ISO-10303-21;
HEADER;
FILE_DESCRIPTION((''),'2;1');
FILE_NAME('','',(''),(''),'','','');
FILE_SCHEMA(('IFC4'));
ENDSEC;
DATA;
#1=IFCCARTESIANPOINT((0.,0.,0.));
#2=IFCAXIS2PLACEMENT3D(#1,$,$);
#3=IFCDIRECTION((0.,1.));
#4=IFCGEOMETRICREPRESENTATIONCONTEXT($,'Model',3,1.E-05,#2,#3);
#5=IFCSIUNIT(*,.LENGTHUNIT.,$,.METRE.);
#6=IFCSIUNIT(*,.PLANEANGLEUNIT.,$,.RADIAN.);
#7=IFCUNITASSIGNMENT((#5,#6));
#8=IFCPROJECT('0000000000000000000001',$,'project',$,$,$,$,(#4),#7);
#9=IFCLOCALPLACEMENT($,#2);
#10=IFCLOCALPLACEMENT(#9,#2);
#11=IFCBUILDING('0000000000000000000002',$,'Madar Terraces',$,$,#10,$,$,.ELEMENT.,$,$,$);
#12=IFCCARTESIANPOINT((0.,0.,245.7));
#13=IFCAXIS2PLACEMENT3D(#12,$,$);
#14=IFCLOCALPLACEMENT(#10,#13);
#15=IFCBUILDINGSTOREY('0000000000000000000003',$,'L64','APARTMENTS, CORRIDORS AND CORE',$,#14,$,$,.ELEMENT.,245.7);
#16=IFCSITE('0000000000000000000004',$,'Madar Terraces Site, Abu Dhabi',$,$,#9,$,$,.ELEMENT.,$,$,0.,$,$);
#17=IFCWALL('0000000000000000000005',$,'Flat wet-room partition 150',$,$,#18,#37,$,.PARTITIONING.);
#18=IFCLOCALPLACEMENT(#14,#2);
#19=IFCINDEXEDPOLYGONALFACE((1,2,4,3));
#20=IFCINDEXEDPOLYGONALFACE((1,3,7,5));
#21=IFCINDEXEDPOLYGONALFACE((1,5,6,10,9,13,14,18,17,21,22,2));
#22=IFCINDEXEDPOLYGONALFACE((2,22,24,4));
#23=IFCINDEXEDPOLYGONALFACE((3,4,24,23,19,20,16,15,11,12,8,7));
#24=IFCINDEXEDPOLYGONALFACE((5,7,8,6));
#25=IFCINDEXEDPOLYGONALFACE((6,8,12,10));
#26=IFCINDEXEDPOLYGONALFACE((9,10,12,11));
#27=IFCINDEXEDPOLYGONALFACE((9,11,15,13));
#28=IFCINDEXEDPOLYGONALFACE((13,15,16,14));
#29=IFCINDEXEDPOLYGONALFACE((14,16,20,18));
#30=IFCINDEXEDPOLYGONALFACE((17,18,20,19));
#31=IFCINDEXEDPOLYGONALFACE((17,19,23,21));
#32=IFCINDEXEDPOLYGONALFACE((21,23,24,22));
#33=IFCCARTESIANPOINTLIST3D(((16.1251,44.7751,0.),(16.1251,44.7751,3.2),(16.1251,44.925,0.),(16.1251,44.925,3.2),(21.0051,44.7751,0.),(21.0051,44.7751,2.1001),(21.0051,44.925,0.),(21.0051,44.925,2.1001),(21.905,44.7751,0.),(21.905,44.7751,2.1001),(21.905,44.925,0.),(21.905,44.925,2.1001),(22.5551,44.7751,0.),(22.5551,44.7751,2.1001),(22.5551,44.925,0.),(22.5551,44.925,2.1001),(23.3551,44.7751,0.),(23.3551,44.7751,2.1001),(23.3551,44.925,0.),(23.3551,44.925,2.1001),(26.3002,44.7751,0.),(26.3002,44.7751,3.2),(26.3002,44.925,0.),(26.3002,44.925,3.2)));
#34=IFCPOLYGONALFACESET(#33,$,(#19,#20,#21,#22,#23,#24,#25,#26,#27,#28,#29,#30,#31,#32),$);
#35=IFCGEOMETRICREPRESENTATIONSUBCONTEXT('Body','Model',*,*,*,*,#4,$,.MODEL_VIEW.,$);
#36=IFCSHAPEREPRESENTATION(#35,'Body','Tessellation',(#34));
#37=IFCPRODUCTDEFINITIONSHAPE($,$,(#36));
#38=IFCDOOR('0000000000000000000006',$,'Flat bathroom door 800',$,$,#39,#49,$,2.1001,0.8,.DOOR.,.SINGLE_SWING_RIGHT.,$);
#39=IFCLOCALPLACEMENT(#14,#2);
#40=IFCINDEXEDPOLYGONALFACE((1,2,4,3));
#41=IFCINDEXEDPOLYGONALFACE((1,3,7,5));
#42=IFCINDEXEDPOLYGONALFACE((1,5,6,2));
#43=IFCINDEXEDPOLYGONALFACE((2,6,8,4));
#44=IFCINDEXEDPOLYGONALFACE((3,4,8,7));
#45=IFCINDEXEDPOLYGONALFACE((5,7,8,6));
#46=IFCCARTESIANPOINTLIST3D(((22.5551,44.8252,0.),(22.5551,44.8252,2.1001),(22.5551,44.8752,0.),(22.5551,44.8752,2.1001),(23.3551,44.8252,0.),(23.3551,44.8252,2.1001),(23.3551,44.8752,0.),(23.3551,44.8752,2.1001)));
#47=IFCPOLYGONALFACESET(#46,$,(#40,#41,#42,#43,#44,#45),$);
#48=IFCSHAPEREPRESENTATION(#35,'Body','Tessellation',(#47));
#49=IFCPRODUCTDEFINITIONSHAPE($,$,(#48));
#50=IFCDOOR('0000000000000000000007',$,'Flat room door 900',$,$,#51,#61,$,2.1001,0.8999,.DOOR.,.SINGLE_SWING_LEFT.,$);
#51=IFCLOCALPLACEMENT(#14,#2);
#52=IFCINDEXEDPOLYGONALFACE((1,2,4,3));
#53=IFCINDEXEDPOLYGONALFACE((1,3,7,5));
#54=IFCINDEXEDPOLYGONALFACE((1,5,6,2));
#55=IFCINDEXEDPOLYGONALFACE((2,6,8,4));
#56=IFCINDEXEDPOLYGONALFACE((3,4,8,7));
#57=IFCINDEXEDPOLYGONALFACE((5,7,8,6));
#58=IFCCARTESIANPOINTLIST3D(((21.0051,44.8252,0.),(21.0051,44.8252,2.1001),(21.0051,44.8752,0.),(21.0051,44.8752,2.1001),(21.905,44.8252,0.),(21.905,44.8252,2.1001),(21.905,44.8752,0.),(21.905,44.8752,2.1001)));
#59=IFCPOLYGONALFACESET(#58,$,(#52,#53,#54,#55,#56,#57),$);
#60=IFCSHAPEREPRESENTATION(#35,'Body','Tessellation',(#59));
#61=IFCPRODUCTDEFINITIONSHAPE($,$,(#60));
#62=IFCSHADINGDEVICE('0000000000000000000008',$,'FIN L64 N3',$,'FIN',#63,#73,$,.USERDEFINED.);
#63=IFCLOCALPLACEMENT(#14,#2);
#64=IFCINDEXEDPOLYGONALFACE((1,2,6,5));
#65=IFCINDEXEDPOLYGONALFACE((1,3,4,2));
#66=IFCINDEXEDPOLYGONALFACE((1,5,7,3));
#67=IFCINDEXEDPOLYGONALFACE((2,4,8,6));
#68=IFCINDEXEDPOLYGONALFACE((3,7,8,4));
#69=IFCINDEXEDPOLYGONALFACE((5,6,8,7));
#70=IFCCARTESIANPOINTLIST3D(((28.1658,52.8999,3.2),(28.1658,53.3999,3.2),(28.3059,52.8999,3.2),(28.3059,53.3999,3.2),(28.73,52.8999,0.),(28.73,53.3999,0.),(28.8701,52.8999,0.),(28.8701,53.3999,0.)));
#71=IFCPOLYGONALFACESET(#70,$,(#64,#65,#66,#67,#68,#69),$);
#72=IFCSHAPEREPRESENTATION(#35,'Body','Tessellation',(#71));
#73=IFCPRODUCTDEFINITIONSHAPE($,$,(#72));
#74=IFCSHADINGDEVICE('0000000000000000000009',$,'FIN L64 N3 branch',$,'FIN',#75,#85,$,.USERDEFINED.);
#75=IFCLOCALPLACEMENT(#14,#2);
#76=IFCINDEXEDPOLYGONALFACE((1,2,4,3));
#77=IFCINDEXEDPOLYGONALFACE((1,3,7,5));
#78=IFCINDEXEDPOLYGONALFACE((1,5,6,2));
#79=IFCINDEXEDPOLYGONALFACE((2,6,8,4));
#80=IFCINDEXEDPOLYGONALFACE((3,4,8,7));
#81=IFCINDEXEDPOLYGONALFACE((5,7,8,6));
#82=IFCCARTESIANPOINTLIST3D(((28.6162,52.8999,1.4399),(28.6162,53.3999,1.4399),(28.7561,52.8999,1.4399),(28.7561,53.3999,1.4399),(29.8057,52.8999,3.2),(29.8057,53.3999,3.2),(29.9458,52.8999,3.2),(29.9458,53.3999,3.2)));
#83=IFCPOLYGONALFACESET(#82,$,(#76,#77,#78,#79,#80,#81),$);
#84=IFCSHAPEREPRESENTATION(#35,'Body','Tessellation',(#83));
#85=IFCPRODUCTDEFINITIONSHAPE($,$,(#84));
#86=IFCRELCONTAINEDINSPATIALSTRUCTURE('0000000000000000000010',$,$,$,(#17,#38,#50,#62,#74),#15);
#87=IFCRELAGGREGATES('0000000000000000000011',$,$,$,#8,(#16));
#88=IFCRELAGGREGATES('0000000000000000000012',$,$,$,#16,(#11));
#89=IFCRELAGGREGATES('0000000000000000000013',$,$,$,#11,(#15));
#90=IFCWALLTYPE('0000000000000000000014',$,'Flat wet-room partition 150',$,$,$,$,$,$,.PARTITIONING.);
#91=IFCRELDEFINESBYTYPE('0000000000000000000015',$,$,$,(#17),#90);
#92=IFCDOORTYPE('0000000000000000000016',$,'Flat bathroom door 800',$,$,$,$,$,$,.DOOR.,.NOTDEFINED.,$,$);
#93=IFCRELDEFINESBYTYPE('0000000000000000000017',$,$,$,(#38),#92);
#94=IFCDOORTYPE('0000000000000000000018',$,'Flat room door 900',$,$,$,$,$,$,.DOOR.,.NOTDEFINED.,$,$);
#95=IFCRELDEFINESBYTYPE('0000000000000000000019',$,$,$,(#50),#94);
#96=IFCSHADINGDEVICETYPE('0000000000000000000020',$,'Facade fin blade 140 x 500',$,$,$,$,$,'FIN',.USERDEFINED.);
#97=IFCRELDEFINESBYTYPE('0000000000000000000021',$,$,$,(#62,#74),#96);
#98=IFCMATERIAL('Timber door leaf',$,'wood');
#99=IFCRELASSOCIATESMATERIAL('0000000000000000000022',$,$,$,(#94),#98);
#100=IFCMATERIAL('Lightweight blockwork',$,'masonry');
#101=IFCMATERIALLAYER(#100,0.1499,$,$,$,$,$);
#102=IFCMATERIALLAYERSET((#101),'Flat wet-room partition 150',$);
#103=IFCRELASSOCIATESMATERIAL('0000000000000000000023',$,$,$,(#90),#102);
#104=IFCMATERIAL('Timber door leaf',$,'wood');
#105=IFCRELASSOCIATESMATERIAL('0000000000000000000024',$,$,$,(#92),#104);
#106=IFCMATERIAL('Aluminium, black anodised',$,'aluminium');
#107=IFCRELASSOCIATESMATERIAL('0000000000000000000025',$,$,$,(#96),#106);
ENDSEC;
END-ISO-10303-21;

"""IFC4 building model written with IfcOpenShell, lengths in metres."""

from ifc_helpers import new_model, si_unit, direction, frame, frame_2d, origin, place, context, subcontext, project, spatial, polyline, rectangle, outline, extrude, material, layer, layer_set, type_object, element, fill, save


model = new_model("IFC4")

# Units and contexts
model_context = context("Model", 3, precision=1e-05, world=origin(), true_north=direction((0.0, 1.0)))
body_context = subcontext(model_context, "Body", "Model", "MODEL_VIEW")
ifc_project = project(units=[si_unit("LENGTHUNIT", "METRE"), si_unit("PLANEANGLEUNIT", "RADIAN")], contexts=[model_context])

# Site, building, storey
site_placement = place(None, origin())
site = spatial("IfcSite", under=ifc_project, at=site_placement, Name="Madar Terraces Site, Abu Dhabi", CompositionType="ELEMENT", RefElevation=0.0)
building_placement = place(site_placement, origin())
building = spatial("IfcBuilding", under=site, at=building_placement, Name="Madar Terraces", CompositionType="ELEMENT")
storey_placement = place(building_placement, frame((0.0, 0.0, 245.7)))
storey = spatial("IfcBuildingStorey", under=building, at=storey_placement, Name="L64", Description="APARTMENTS, CORRIDORS AND CORE", CompositionType="ELEMENT", Elevation=245.7)

# Shared definitions
ifc_material_1 = material(Name="Timber door leaf", Category="wood")
door_type_1 = type_object("IfcDoorType", Name="Flat room door 900", OperationType="NOTDEFINED", PredefinedType="DOOR", material=ifc_material_1)

# Wall, openings, doors
ifc_material_2 = material(Name="Lightweight blockwork", Category="masonry")
ifc_layer_1 = layer(ifc_material_2, 0.1499)
ifc_layer_set_1 = layer_set([ifc_layer_1], Name="Flat wet-room partition 150")
wall_type_1 = type_object("IfcWallType", Name="Flat wet-room partition 150", PredefinedType="PARTITIONING", material=ifc_layer_set_1)
wall_1_placement = place(storey_placement, frame((26.3, 44.8501, 0.0), z_axis=(0.0, 0.0, 1.0), x_axis=(-1.0, 0.0, 0.0)))
wall_1 = element("IfcWall", 1, at=wall_1_placement, inside=storey, type_object=wall_type_1, Name="Flat wet-room partition 150", PredefinedType="PARTITIONING", context=body_context, shape_type="SweptSolid", body=[
    extrude(rectangle(XDim=10.175, YDim=0.1499, at=frame_2d((5.0874, 0.0))), origin(), (0.0, 0.0, 1.0), 3.2),
])
opening_1_placement = place(wall_1_placement, frame((4.395, 0.0, 0.0)))
opening_1 = element("IfcOpeningElement", 2, at=opening_1_placement, cuts=wall_1, PredefinedType="OPENING", context=body_context, shape_type="SweptSolid", body=[
    extrude(rectangle(XDim=0.8999, YDim=2.1001, at=frame_2d((0.45, 1.05))), frame((0.0, 0.085, 0.0), z_axis=(0.0, -1.0, 0.0), x_axis=(1.0, 0.0, 0.0)), (0.0, 0.0, 1.0), 0.1699),
])
opening_2_placement = place(wall_1_placement, frame((2.9451, 0.0, 0.0)))
opening_2 = element("IfcOpeningElement", 3, at=opening_2_placement, cuts=wall_1, PredefinedType="OPENING", context=body_context, shape_type="SweptSolid", body=[
    extrude(rectangle(XDim=0.8, YDim=2.1001, at=frame_2d((0.3999, 1.05))), frame((0.0, 0.085, 0.0), z_axis=(0.0, -1.0, 0.0), x_axis=(1.0, 0.0, 0.0)), (0.0, 0.0, 1.0), 0.1699),
])
ifc_material_3 = material(Name="Timber door leaf", Category="wood")
door_type_2 = type_object("IfcDoorType", Name="Flat bathroom door 800", OperationType="NOTDEFINED", PredefinedType="DOOR", material=ifc_material_3)
door_1_placement = place(opening_2_placement, origin())
door_1 = element("IfcDoor", 4, at=door_1_placement, inside=storey, type_object=door_type_2, Name="Flat bathroom door 800", OperationType="SINGLE_SWING_RIGHT", OverallHeight=2.1001, OverallWidth=0.8, PredefinedType="DOOR", context=body_context, shape_type="SweptSolid", body=[
    extrude(rectangle(XDim=0.8, YDim=2.1001, at=frame_2d((0.3999, 1.05))), frame((0.0, 0.0249, 0.0), z_axis=(0.0, -1.0, 0.0), x_axis=(1.0, 0.0, 0.0)), (0.0, 0.0, 1.0), 0.05),
])
fill(opening_2, door_1)
door_2_placement = place(opening_1_placement, origin())
door_2 = element("IfcDoor", 5, at=door_2_placement, inside=storey, type_object=door_type_1, Name="Flat room door 900", OperationType="SINGLE_SWING_LEFT", OverallHeight=2.1001, OverallWidth=0.8999, PredefinedType="DOOR", context=body_context, shape_type="SweptSolid", body=[
    extrude(rectangle(XDim=0.8999, YDim=2.1001, at=frame_2d((0.45, 1.05))), frame((0.0, 0.0249, 0.0), z_axis=(0.0, -1.0, 0.0), x_axis=(1.0, 0.0, 0.0)), (0.0, 0.0, 1.0), 0.05),
])
fill(opening_1, door_2)

# Shading devices
ifc_material_4 = material(Name="Aluminium, black anodised", Category="aluminium")
shading_device_type = type_object("IfcShadingDeviceType", Name="Facade fin blade 140 x 500", ElementType="FIN", PredefinedType="USERDEFINED", material=ifc_material_4)
shading_device_1_placement = place(storey_placement, frame((28.8701, 53.1499, 0.0), z_axis=(0.0, 0.0, 1.0), x_axis=(-1.0, 0.0, 0.0)))
element("IfcShadingDevice", 6, at=shading_device_1_placement, inside=storey, type_object=shading_device_type, Name="FIN L64 N3", ObjectType="FIN", PredefinedType="USERDEFINED", context=body_context, shape_type="SweptSolid", body=[
    extrude(outline(polyline([(0.0, 0.0), (0.1401, 0.0), (0.7043, 3.2), (0.5642, 3.2), (0.0, 0.0)])), frame((0.0, 0.25, 0.0), z_axis=(0.0, -1.0, 0.0), x_axis=(1.0, 0.0, 0.0)), (0.0, 0.0, 1.0), 0.5),
])
shading_device_2_placement = place(storey_placement, frame((28.7561, 53.1499, 1.4399), z_axis=(0.0, 0.0, 1.0), x_axis=(-1.0, 0.0, 0.0)))
element("IfcShadingDevice", 7, at=shading_device_2_placement, inside=storey, type_object=shading_device_type, Name="FIN L64 N3 branch", ObjectType="FIN", PredefinedType="USERDEFINED", context=body_context, shape_type="SweptSolid", body=[
    extrude(outline(polyline([(0.0, 0.0), (0.1399, 0.0), (-1.0496, 1.76), (-1.1897, 1.76), (0.0, 0.0)])), frame((0.0, 0.25, 0.0), z_axis=(0.0, -1.0, 0.0), x_axis=(1.0, 0.0, 0.0)), (0.0, 0.0, 1.0), 0.5),
])

save(model, "model.ifc")
